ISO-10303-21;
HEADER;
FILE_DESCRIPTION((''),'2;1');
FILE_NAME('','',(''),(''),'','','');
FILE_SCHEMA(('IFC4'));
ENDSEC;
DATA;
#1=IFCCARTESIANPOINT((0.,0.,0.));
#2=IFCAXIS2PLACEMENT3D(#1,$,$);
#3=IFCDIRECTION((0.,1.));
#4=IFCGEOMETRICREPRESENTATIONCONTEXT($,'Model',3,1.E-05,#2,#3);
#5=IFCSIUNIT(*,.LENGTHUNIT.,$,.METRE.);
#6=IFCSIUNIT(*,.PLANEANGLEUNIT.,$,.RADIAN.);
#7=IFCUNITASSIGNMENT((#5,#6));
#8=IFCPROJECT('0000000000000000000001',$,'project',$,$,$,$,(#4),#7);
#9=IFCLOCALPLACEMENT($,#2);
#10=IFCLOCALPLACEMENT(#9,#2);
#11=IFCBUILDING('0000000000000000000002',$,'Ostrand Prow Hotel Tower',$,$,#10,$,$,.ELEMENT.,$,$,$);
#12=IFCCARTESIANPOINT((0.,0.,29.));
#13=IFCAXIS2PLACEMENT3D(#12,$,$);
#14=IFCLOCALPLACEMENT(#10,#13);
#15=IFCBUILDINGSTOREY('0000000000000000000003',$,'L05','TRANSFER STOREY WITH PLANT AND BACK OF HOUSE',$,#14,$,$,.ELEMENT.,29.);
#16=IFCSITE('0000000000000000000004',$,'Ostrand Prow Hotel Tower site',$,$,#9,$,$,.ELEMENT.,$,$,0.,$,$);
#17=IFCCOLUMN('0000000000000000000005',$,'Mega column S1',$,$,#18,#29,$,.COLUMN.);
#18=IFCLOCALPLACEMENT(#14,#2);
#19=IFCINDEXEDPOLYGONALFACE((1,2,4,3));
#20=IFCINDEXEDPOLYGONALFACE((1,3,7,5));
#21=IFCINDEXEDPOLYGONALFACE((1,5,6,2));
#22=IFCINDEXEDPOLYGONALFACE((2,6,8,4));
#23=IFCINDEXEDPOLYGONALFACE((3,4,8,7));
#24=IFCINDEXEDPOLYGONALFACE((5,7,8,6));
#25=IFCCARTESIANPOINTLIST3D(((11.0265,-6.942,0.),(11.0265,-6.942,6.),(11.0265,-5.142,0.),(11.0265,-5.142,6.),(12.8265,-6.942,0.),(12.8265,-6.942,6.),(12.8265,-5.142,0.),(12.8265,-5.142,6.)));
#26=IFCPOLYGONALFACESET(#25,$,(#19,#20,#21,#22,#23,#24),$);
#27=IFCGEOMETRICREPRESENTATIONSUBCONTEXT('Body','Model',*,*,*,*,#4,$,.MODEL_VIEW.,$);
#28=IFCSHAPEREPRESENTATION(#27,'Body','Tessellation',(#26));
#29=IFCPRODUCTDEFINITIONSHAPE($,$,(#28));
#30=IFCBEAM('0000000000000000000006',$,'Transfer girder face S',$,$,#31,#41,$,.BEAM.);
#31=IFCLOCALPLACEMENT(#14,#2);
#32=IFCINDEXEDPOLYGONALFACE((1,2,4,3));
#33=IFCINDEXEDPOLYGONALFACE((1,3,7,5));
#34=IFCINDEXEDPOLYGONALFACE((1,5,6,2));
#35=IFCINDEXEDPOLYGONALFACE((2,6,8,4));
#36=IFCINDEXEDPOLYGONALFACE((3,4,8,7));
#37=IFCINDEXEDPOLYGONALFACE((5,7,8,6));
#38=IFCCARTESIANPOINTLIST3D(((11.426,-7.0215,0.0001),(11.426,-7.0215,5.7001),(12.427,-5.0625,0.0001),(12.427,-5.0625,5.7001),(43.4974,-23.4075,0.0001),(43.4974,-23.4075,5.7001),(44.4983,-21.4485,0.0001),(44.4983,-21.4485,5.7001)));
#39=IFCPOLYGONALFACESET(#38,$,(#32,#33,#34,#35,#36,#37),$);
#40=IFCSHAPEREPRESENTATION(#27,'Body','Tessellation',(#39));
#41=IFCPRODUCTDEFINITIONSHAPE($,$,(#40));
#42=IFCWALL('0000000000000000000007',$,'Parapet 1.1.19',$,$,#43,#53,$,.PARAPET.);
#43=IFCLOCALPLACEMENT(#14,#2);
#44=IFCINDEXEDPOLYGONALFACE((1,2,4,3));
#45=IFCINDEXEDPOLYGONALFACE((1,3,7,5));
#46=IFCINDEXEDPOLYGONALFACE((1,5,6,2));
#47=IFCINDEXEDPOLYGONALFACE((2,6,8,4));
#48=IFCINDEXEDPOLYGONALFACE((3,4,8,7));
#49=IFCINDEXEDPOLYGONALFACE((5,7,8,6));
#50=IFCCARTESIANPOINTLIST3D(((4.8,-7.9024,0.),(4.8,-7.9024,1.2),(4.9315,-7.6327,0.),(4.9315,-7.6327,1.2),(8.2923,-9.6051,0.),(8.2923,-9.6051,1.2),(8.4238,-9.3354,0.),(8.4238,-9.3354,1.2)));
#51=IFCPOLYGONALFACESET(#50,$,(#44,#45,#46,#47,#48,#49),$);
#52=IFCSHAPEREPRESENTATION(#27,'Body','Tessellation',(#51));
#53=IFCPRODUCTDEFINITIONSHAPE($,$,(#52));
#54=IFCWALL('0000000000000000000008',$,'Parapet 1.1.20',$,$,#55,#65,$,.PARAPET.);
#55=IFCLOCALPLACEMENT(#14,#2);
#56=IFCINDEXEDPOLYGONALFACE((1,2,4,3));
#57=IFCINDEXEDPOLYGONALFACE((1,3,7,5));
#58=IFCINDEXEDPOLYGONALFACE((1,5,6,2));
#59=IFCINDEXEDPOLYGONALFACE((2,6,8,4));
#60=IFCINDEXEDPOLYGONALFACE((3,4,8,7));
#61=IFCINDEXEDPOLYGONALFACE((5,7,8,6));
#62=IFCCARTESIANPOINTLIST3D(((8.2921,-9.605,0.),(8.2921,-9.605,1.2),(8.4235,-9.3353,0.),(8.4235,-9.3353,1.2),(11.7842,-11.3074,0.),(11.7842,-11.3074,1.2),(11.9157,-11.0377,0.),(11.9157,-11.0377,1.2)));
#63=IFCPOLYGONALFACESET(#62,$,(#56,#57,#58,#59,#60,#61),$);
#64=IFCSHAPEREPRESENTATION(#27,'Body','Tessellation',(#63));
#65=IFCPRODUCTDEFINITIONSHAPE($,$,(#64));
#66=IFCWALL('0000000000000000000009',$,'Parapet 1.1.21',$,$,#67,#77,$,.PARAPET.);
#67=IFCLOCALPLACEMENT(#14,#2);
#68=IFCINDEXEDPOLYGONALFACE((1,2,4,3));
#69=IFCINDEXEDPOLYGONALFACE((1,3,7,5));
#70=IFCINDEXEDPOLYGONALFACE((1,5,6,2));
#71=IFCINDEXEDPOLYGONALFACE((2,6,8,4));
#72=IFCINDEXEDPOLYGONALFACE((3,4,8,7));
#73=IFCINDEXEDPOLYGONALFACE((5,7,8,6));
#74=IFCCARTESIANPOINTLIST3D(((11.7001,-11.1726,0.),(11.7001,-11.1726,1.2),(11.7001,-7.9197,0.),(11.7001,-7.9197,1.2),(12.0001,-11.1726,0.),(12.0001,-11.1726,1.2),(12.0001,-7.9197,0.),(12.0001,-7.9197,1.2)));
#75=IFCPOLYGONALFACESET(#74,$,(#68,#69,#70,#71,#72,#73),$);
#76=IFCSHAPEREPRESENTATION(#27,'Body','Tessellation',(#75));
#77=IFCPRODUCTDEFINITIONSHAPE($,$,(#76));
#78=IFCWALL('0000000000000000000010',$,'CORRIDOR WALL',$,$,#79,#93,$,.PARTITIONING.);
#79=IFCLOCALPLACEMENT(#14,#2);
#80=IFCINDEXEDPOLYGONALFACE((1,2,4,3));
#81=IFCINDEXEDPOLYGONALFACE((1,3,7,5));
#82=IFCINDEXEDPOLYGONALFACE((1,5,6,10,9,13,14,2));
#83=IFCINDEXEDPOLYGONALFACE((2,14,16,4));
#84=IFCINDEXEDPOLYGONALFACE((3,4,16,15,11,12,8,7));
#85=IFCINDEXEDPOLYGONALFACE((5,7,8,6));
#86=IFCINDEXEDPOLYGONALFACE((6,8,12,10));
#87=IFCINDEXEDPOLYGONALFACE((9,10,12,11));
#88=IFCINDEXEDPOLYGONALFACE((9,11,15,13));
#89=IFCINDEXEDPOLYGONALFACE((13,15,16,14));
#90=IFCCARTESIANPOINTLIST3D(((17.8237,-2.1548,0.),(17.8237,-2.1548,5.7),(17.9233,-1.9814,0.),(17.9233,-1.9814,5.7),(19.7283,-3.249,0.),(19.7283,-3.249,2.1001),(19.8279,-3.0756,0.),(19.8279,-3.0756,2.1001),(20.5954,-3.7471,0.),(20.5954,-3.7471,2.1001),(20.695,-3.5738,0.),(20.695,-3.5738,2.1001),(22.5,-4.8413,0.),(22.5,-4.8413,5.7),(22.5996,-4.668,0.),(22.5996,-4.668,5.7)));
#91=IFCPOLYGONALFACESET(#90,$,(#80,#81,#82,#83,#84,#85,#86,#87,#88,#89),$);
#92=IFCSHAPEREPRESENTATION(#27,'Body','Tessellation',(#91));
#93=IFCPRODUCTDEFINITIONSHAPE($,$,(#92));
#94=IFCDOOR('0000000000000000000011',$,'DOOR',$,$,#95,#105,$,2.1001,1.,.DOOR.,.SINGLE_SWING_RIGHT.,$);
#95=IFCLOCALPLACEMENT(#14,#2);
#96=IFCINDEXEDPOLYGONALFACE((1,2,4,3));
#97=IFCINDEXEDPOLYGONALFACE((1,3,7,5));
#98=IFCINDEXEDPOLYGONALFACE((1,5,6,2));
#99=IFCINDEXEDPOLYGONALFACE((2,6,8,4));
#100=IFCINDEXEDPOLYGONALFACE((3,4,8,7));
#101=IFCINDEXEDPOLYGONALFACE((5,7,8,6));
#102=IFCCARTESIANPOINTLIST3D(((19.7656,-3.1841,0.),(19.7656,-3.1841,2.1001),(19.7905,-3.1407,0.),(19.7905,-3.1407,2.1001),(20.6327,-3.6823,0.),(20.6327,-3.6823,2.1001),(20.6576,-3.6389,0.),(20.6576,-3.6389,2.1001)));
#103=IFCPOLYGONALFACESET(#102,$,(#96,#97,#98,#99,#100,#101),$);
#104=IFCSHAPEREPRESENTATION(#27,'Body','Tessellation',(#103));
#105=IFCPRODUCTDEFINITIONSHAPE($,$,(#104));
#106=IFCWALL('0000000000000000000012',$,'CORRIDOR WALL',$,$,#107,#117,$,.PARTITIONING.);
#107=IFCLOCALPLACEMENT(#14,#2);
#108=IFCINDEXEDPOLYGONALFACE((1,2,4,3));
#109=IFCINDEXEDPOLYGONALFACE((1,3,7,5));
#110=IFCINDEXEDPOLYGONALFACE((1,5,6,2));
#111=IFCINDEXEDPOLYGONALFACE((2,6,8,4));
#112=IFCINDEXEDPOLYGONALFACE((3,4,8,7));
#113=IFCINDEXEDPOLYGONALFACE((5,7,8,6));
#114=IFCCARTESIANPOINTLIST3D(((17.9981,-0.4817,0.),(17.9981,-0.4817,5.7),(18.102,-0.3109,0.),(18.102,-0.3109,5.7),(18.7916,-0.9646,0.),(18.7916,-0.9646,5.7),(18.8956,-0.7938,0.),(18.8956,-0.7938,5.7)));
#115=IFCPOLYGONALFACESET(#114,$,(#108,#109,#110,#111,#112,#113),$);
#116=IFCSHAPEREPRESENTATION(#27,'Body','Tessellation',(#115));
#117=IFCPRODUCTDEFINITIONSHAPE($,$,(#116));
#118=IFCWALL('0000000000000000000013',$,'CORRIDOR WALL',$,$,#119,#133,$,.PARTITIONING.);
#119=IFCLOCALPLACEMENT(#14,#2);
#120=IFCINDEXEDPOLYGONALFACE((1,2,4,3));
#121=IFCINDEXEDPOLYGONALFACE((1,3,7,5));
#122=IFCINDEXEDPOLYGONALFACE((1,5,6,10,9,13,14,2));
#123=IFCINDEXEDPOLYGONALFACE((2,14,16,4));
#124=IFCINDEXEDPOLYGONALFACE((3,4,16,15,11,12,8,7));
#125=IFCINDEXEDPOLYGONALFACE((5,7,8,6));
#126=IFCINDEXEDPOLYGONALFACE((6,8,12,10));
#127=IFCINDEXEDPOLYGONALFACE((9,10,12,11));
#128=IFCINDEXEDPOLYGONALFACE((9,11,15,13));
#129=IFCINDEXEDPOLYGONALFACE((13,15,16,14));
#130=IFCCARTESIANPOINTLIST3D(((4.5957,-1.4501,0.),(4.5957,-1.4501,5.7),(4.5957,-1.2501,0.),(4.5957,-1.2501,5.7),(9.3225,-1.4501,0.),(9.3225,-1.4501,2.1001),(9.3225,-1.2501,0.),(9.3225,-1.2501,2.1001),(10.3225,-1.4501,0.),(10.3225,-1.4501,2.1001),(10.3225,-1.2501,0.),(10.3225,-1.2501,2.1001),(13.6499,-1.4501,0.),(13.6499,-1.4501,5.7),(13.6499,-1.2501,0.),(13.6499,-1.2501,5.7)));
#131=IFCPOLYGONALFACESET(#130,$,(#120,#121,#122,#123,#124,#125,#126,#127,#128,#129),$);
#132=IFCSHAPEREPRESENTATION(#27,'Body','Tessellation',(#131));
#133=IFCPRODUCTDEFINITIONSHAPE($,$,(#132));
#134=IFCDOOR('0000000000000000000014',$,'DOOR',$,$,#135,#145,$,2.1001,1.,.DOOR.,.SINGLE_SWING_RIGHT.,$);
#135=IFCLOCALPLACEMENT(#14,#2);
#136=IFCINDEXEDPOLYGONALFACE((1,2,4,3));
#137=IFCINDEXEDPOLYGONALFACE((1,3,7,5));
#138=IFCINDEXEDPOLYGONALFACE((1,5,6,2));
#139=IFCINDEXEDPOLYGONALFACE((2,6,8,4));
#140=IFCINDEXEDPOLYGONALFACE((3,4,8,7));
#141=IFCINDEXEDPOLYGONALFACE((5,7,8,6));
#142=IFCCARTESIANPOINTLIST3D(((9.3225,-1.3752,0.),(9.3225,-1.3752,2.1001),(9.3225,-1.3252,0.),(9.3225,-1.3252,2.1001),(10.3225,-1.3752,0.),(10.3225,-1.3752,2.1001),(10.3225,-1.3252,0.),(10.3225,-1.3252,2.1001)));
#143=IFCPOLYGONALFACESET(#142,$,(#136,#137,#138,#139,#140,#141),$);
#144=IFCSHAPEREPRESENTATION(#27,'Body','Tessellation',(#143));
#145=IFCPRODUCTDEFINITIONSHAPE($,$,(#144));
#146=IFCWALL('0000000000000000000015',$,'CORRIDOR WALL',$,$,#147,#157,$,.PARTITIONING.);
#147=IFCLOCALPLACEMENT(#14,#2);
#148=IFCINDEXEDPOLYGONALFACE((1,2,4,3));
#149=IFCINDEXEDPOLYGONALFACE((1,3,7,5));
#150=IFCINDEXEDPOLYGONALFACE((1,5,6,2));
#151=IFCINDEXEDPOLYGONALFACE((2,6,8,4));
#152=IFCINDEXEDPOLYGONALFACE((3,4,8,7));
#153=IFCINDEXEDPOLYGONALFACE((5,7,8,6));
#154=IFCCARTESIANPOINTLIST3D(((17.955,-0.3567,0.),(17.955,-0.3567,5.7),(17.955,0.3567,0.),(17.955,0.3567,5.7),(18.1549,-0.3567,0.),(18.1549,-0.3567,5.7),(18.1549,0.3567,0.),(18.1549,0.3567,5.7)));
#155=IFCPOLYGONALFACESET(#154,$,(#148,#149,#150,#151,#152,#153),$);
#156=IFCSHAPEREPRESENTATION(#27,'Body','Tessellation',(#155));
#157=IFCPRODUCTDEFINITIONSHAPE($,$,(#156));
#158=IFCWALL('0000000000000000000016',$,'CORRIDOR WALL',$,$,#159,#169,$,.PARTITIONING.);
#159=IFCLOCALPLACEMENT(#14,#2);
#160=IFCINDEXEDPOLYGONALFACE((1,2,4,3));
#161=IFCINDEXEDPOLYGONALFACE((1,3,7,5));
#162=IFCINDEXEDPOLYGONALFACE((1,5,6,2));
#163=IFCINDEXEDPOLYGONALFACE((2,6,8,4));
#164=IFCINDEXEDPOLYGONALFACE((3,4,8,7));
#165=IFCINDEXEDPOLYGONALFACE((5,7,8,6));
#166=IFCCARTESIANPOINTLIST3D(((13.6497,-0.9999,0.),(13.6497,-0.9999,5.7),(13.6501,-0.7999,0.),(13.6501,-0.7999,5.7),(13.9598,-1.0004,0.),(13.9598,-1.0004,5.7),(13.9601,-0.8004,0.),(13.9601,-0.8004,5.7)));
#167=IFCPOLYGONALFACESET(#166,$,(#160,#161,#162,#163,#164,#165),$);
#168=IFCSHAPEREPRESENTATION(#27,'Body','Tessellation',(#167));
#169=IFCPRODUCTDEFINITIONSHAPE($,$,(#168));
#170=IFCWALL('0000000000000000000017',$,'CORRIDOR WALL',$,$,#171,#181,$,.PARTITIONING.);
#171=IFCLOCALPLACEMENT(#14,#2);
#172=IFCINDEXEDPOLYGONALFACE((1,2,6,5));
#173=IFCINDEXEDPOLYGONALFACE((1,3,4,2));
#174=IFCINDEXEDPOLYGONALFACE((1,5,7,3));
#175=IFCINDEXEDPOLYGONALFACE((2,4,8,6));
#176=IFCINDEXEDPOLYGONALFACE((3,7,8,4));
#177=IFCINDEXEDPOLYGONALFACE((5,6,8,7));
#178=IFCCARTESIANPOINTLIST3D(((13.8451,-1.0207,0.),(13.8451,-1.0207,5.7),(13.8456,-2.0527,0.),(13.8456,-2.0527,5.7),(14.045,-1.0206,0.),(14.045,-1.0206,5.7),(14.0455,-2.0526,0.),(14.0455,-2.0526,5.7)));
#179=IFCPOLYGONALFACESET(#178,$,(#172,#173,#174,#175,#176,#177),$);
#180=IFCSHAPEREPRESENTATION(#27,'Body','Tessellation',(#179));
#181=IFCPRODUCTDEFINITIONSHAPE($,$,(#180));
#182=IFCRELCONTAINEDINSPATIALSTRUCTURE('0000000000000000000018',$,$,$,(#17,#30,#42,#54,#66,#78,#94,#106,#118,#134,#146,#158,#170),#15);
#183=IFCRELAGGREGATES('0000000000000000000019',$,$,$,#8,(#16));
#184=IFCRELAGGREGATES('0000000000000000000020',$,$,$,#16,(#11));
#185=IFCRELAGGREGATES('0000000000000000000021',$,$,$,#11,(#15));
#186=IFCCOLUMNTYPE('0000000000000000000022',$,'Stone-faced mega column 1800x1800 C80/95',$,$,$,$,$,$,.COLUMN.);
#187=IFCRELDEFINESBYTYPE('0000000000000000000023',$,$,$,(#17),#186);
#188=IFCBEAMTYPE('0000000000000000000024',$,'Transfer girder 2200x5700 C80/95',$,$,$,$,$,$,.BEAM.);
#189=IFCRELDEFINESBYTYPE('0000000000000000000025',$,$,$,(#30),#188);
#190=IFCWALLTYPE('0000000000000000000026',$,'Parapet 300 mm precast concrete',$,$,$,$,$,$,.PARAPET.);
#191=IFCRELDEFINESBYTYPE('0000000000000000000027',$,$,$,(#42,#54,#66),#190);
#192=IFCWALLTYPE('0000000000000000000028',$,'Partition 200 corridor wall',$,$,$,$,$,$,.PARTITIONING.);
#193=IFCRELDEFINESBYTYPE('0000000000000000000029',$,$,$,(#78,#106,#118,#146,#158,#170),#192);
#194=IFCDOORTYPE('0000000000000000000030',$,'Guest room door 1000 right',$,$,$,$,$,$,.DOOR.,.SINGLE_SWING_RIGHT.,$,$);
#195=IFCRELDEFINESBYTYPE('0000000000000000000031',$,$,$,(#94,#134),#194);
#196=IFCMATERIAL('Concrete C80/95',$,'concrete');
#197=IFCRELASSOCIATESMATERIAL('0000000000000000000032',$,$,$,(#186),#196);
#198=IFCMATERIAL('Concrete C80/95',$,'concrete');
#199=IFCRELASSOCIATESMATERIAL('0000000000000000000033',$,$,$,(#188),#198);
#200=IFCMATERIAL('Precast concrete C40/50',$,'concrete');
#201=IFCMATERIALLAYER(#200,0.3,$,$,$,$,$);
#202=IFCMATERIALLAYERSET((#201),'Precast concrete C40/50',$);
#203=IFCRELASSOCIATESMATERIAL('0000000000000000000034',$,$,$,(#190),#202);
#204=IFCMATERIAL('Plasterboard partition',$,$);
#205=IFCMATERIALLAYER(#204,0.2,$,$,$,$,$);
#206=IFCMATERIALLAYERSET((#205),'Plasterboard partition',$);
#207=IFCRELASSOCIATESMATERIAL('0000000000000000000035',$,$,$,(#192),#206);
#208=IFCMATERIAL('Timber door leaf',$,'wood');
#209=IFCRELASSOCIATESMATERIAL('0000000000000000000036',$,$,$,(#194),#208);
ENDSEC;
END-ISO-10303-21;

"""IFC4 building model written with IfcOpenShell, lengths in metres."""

from ifc_helpers import new_model, si_unit, direction, frame, frame_2d, origin, origin_2d, place, context, subcontext, project, spatial, rectangle, extrude, material, layer, layer_set, material_profile, profile_set, type_object, element, fill, save


model = new_model("IFC4")

# Units and contexts
model_context = context("Model", 3, precision=1e-05, world=origin(), true_north=direction((0.0, 1.0)))
body_context = subcontext(model_context, "Body", "Model", "MODEL_VIEW")
ifc_project = project(units=[si_unit("LENGTHUNIT", "METRE"), si_unit("PLANEANGLEUNIT", "RADIAN")], contexts=[model_context])

# Site, building, storey
site_placement = place(None, origin())
site = spatial("IfcSite", under=ifc_project, at=site_placement, Name="Ostrand Prow Hotel Tower site", CompositionType="ELEMENT", RefElevation=0.0)
building_placement = place(site_placement, origin())
building = spatial("IfcBuilding", under=site, at=building_placement, Name="Ostrand Prow Hotel Tower", CompositionType="ELEMENT")
storey_placement = place(building_placement, frame((0.0, 0.0, 29.0)))
storey = spatial("IfcBuildingStorey", under=building, at=storey_placement, Name="L05", Description="TRANSFER STOREY WITH PLANT AND BACK OF HOUSE", CompositionType="ELEMENT", Elevation=29.0)

# Column
ifc_material_1 = material(Name="Concrete C80/95", Category="concrete")
ifc_material_profile_1 = material_profile(ifc_material_1, rectangle(XDim=1.8, YDim=1.8, at=origin_2d()), Name="RC 1800x1800")
ifc_profile_set_1 = profile_set([ifc_material_profile_1], Name="Concrete C80/95")
column_type = type_object("IfcColumnType", Name="Stone-faced mega column 1800x1800 C80/95", PredefinedType="COLUMN", material=ifc_profile_set_1)
column_placement = place(storey_placement, frame((11.9265, -6.042, 0.0), z_axis=(0.0, 0.0, 1.0), x_axis=(1.0, 0.0, 0.0)))
element("IfcColumn", 1, at=column_placement, inside=storey, type_object=column_type, Name="Mega column S1", PredefinedType="COLUMN", context=body_context, shape_type="SweptSolid", body=[
    extrude(rectangle(XDim=1.8, YDim=1.8, at=origin_2d()), origin(), (0.0, 0.0, 1.0), 6.0),
])

# Beam
ifc_material_2 = material(Name="Concrete C80/95", Category="concrete")
ifc_material_profile_2 = material_profile(ifc_material_2, rectangle(XDim=2.2, YDim=5.7, at=origin_2d()), Name="RC 2200x5700")
ifc_profile_set_2 = profile_set([ifc_material_profile_2], Name="Concrete C80/95")
beam_type = type_object("IfcBeamType", Name="Transfer girder 2200x5700 C80/95", PredefinedType="BEAM", material=ifc_profile_set_2)
beam_placement = place(storey_placement, frame((11.9265, -6.042, 2.8501), z_axis=(0.890502, -0.454979, 0.0), x_axis=(0.454979, 0.890502, 0.0)))
element("IfcBeam", 2, at=beam_placement, inside=storey, type_object=beam_type, Name="Transfer girder face S", PredefinedType="BEAM", context=body_context, shape_type="SweptSolid", body=[
    extrude(rectangle(XDim=2.2, YDim=5.7, at=origin_2d()), origin(), (0.0, 0.0, 1.0), 36.0149),
])

# Walls
ifc_material_3 = material(Name="Precast concrete C40/50", Category="concrete")
ifc_layer_1 = layer(ifc_material_3, 0.3)
ifc_layer_set_1 = layer_set([ifc_layer_1], Name="Precast concrete C40/50")
wall_type_1 = type_object("IfcWallType", Name="Parapet 300 mm precast concrete", PredefinedType="PARAPET", material=ifc_layer_set_1)
wall_1_placement = place(storey_placement, frame((4.8657, -7.7676, 0.0), z_axis=(0.0, 0.0, 1.0), x_axis=(0.898857, -0.438243, 0.0)))
element("IfcWall", 3, at=wall_1_placement, inside=storey, type_object=wall_type_1, Name="Parapet 1.1.19", PredefinedType="PARAPET", context=body_context, shape_type="SweptSolid", body=[
    extrude(rectangle(XDim=3.8853, YDim=0.3, at=frame_2d((1.9426, 0.0))), origin(), (0.0, 0.0, 1.0), 1.2),
])
wall_2_placement = place(storey_placement, frame((8.3579, -9.4702, 0.0), z_axis=(0.0, 0.0, 1.0), x_axis=(0.898881, -0.438192, 0.0)))
element("IfcWall", 4, at=wall_2_placement, inside=storey, type_object=wall_type_1, Name="Parapet 1.1.20", PredefinedType="PARAPET", context=body_context, shape_type="SweptSolid", body=[
    extrude(rectangle(XDim=3.885, YDim=0.3, at=frame_2d((1.9424, 0.0))), origin(), (0.0, 0.0, 1.0), 1.2),
])
wall_3_placement = place(storey_placement, frame((11.8501, -11.1726, 0.0), z_axis=(0.0, 0.0, 1.0), x_axis=(0.0, 1.0, 0.0)))
element("IfcWall", 5, at=wall_3_placement, inside=storey, type_object=wall_type_1, Name="Parapet 1.1.21", PredefinedType="PARAPET", context=body_context, shape_type="SweptSolid", body=[
    extrude(rectangle(XDim=3.2529, YDim=0.3, at=frame_2d((1.6265, 0.0))), origin(), (0.0, 0.0, 1.0), 1.2),
])

# Wall, opening, door
ifc_material_4 = material(Name="Plasterboard partition")
ifc_layer_2 = layer(ifc_material_4, 0.2)
ifc_layer_set_2 = layer_set([ifc_layer_2], Name="Plasterboard partition")
wall_type_2 = type_object("IfcWallType", Name="Partition 200 corridor wall", PredefinedType="PARTITIONING", material=ifc_layer_set_2)
wall_4_placement = place(storey_placement, frame((17.8735, -2.0681, 0.0), z_axis=(0.0, 0.0, 1.0), x_axis=(0.867093, -0.498146, 0.0)))
wall_4 = element("IfcWall", 6, at=wall_4_placement, inside=storey, type_object=wall_type_2, Name="CORRIDOR WALL", PredefinedType="PARTITIONING", context=body_context, shape_type="SweptSolid", body=[
    extrude(rectangle(XDim=5.3931, YDim=0.2, at=frame_2d((2.6965, 0.0))), origin(), (0.0, 0.0, 1.0), 5.7),
])
opening_1_placement = place(wall_4_placement, frame((2.1965, 0.0, 0.0)))
opening_1 = element("IfcOpeningElement", 7, at=opening_1_placement, cuts=wall_4, PredefinedType="OPENING", context=body_context, shape_type="SweptSolid", body=[
    extrude(rectangle(XDim=1.0, YDim=2.1001, at=frame_2d((0.5, 1.05))), frame((0.0, 0.1099, 0.0), z_axis=(0.0, -1.0, 0.0), x_axis=(1.0, 0.0, 0.0)), (0.0, 0.0, 1.0), 0.22),
])
ifc_material_5 = material(Name="Timber door leaf", Category="wood")
door_type = type_object("IfcDoorType", Name="Guest room door 1000 right", OperationType="SINGLE_SWING_RIGHT", PredefinedType="DOOR", material=ifc_material_5)
door_1_placement = place(opening_1_placement, origin())
door_1 = element("IfcDoor", 8, at=door_1_placement, inside=storey, type_object=door_type, Name="DOOR", OperationType="SINGLE_SWING_RIGHT", OverallHeight=2.1001, OverallWidth=1.0, PredefinedType="DOOR", context=body_context, shape_type="SweptSolid", body=[
    extrude(rectangle(XDim=1.0, YDim=2.1001, at=frame_2d((0.5, 1.05))), frame((0.0, 0.0249, 0.0), z_axis=(0.0, -1.0, 0.0), x_axis=(1.0, 0.0, 0.0)), (0.0, 0.0, 1.0), 0.05),
])
fill(opening_1, door_1)

# Wall
wall_5_placement = place(storey_placement, frame((18.8435, -0.8792, 0.0), z_axis=(0.0, 0.0, 1.0), x_axis=(-0.854229, 0.519897, 0.0)))
element("IfcWall", 9, at=wall_5_placement, inside=storey, type_object=wall_type_2, Name="CORRIDOR WALL", PredefinedType="PARTITIONING", context=body_context, shape_type="SweptSolid", body=[
    extrude(rectangle(XDim=0.929, YDim=0.2, at=frame_2d((0.4644, 0.0))), origin(), (0.0, 0.0, 1.0), 5.7),
])

# Wall, opening, door
wall_6_placement = place(storey_placement, frame((4.5957, -1.3501, 0.0), z_axis=(0.0, 0.0, 1.0), x_axis=(1.0, 0.0, 0.0)))
wall_6 = element("IfcWall", 10, at=wall_6_placement, inside=storey, type_object=wall_type_2, Name="CORRIDOR WALL", PredefinedType="PARTITIONING", context=body_context, shape_type="SweptSolid", body=[
    extrude(rectangle(XDim=9.0542, YDim=0.2, at=frame_2d((4.5271, 0.0))), origin(), (0.0, 0.0, 1.0), 5.7),
])
opening_2_placement = place(wall_6_placement, frame((4.7268, 0.0, 0.0)))
opening_2 = element("IfcOpeningElement", 11, at=opening_2_placement, cuts=wall_6, PredefinedType="OPENING", context=body_context, shape_type="SweptSolid", body=[
    extrude(rectangle(XDim=1.0, YDim=2.1001, at=frame_2d((0.5, 1.05))), frame((0.0, 0.1099, 0.0), z_axis=(0.0, -1.0, 0.0), x_axis=(1.0, 0.0, 0.0)), (0.0, 0.0, 1.0), 0.22),
])
door_2_placement = place(opening_2_placement, origin())
door_2 = element("IfcDoor", 12, at=door_2_placement, inside=storey, type_object=door_type, Name="DOOR", OperationType="SINGLE_SWING_RIGHT", OverallHeight=2.1001, OverallWidth=1.0, PredefinedType="DOOR", context=body_context, shape_type="SweptSolid", body=[
    extrude(rectangle(XDim=1.0, YDim=2.1001, at=frame_2d((0.5, 1.05))), frame((0.0, 0.0249, 0.0), z_axis=(0.0, -1.0, 0.0), x_axis=(1.0, 0.0, 0.0)), (0.0, 0.0, 1.0), 0.05),
])
fill(opening_2, door_2)

# Walls
wall_7_placement = place(storey_placement, frame((18.0549, -0.3567, 0.0), z_axis=(0.0, 0.0, 1.0), x_axis=(0.0, 1.0, 0.0)))
element("IfcWall", 13, at=wall_7_placement, inside=storey, type_object=wall_type_2, Name="CORRIDOR WALL", PredefinedType="PARTITIONING", context=body_context, shape_type="SweptSolid", body=[
    extrude(rectangle(XDim=0.7134, YDim=0.2, at=frame_2d((0.3567, 0.0))), origin(), (0.0, 0.0, 1.0), 5.7),
])
wall_8_placement = place(storey_placement, frame((13.6499, -0.8999, 0.0), z_axis=(0.0, 0.0, 1.0), x_axis=(0.999999, -0.001575, 0.0)))
element("IfcWall", 14, at=wall_8_placement, inside=storey, type_object=wall_type_2, Name="CORRIDOR WALL", PredefinedType="PARTITIONING", context=body_context, shape_type="SweptSolid", body=[
    extrude(rectangle(XDim=0.3101, YDim=0.2, at=frame_2d((0.155, 0.0))), origin(), (0.0, 0.0, 1.0), 5.7),
])
wall_9_placement = place(storey_placement, frame((13.9451, -1.0205, 0.0), z_axis=(0.0, 0.0, 1.0), x_axis=(0.000473, -1.0, 0.0)))
element("IfcWall", 15, at=wall_9_placement, inside=storey, type_object=wall_type_2, Name="CORRIDOR WALL", PredefinedType="PARTITIONING", context=body_context, shape_type="SweptSolid", body=[
    extrude(rectangle(XDim=1.032, YDim=0.2, at=frame_2d((0.5161, 0.0))), origin(), (0.0, 0.0, 1.0), 5.7),
])

save(model, "model.ifc")
